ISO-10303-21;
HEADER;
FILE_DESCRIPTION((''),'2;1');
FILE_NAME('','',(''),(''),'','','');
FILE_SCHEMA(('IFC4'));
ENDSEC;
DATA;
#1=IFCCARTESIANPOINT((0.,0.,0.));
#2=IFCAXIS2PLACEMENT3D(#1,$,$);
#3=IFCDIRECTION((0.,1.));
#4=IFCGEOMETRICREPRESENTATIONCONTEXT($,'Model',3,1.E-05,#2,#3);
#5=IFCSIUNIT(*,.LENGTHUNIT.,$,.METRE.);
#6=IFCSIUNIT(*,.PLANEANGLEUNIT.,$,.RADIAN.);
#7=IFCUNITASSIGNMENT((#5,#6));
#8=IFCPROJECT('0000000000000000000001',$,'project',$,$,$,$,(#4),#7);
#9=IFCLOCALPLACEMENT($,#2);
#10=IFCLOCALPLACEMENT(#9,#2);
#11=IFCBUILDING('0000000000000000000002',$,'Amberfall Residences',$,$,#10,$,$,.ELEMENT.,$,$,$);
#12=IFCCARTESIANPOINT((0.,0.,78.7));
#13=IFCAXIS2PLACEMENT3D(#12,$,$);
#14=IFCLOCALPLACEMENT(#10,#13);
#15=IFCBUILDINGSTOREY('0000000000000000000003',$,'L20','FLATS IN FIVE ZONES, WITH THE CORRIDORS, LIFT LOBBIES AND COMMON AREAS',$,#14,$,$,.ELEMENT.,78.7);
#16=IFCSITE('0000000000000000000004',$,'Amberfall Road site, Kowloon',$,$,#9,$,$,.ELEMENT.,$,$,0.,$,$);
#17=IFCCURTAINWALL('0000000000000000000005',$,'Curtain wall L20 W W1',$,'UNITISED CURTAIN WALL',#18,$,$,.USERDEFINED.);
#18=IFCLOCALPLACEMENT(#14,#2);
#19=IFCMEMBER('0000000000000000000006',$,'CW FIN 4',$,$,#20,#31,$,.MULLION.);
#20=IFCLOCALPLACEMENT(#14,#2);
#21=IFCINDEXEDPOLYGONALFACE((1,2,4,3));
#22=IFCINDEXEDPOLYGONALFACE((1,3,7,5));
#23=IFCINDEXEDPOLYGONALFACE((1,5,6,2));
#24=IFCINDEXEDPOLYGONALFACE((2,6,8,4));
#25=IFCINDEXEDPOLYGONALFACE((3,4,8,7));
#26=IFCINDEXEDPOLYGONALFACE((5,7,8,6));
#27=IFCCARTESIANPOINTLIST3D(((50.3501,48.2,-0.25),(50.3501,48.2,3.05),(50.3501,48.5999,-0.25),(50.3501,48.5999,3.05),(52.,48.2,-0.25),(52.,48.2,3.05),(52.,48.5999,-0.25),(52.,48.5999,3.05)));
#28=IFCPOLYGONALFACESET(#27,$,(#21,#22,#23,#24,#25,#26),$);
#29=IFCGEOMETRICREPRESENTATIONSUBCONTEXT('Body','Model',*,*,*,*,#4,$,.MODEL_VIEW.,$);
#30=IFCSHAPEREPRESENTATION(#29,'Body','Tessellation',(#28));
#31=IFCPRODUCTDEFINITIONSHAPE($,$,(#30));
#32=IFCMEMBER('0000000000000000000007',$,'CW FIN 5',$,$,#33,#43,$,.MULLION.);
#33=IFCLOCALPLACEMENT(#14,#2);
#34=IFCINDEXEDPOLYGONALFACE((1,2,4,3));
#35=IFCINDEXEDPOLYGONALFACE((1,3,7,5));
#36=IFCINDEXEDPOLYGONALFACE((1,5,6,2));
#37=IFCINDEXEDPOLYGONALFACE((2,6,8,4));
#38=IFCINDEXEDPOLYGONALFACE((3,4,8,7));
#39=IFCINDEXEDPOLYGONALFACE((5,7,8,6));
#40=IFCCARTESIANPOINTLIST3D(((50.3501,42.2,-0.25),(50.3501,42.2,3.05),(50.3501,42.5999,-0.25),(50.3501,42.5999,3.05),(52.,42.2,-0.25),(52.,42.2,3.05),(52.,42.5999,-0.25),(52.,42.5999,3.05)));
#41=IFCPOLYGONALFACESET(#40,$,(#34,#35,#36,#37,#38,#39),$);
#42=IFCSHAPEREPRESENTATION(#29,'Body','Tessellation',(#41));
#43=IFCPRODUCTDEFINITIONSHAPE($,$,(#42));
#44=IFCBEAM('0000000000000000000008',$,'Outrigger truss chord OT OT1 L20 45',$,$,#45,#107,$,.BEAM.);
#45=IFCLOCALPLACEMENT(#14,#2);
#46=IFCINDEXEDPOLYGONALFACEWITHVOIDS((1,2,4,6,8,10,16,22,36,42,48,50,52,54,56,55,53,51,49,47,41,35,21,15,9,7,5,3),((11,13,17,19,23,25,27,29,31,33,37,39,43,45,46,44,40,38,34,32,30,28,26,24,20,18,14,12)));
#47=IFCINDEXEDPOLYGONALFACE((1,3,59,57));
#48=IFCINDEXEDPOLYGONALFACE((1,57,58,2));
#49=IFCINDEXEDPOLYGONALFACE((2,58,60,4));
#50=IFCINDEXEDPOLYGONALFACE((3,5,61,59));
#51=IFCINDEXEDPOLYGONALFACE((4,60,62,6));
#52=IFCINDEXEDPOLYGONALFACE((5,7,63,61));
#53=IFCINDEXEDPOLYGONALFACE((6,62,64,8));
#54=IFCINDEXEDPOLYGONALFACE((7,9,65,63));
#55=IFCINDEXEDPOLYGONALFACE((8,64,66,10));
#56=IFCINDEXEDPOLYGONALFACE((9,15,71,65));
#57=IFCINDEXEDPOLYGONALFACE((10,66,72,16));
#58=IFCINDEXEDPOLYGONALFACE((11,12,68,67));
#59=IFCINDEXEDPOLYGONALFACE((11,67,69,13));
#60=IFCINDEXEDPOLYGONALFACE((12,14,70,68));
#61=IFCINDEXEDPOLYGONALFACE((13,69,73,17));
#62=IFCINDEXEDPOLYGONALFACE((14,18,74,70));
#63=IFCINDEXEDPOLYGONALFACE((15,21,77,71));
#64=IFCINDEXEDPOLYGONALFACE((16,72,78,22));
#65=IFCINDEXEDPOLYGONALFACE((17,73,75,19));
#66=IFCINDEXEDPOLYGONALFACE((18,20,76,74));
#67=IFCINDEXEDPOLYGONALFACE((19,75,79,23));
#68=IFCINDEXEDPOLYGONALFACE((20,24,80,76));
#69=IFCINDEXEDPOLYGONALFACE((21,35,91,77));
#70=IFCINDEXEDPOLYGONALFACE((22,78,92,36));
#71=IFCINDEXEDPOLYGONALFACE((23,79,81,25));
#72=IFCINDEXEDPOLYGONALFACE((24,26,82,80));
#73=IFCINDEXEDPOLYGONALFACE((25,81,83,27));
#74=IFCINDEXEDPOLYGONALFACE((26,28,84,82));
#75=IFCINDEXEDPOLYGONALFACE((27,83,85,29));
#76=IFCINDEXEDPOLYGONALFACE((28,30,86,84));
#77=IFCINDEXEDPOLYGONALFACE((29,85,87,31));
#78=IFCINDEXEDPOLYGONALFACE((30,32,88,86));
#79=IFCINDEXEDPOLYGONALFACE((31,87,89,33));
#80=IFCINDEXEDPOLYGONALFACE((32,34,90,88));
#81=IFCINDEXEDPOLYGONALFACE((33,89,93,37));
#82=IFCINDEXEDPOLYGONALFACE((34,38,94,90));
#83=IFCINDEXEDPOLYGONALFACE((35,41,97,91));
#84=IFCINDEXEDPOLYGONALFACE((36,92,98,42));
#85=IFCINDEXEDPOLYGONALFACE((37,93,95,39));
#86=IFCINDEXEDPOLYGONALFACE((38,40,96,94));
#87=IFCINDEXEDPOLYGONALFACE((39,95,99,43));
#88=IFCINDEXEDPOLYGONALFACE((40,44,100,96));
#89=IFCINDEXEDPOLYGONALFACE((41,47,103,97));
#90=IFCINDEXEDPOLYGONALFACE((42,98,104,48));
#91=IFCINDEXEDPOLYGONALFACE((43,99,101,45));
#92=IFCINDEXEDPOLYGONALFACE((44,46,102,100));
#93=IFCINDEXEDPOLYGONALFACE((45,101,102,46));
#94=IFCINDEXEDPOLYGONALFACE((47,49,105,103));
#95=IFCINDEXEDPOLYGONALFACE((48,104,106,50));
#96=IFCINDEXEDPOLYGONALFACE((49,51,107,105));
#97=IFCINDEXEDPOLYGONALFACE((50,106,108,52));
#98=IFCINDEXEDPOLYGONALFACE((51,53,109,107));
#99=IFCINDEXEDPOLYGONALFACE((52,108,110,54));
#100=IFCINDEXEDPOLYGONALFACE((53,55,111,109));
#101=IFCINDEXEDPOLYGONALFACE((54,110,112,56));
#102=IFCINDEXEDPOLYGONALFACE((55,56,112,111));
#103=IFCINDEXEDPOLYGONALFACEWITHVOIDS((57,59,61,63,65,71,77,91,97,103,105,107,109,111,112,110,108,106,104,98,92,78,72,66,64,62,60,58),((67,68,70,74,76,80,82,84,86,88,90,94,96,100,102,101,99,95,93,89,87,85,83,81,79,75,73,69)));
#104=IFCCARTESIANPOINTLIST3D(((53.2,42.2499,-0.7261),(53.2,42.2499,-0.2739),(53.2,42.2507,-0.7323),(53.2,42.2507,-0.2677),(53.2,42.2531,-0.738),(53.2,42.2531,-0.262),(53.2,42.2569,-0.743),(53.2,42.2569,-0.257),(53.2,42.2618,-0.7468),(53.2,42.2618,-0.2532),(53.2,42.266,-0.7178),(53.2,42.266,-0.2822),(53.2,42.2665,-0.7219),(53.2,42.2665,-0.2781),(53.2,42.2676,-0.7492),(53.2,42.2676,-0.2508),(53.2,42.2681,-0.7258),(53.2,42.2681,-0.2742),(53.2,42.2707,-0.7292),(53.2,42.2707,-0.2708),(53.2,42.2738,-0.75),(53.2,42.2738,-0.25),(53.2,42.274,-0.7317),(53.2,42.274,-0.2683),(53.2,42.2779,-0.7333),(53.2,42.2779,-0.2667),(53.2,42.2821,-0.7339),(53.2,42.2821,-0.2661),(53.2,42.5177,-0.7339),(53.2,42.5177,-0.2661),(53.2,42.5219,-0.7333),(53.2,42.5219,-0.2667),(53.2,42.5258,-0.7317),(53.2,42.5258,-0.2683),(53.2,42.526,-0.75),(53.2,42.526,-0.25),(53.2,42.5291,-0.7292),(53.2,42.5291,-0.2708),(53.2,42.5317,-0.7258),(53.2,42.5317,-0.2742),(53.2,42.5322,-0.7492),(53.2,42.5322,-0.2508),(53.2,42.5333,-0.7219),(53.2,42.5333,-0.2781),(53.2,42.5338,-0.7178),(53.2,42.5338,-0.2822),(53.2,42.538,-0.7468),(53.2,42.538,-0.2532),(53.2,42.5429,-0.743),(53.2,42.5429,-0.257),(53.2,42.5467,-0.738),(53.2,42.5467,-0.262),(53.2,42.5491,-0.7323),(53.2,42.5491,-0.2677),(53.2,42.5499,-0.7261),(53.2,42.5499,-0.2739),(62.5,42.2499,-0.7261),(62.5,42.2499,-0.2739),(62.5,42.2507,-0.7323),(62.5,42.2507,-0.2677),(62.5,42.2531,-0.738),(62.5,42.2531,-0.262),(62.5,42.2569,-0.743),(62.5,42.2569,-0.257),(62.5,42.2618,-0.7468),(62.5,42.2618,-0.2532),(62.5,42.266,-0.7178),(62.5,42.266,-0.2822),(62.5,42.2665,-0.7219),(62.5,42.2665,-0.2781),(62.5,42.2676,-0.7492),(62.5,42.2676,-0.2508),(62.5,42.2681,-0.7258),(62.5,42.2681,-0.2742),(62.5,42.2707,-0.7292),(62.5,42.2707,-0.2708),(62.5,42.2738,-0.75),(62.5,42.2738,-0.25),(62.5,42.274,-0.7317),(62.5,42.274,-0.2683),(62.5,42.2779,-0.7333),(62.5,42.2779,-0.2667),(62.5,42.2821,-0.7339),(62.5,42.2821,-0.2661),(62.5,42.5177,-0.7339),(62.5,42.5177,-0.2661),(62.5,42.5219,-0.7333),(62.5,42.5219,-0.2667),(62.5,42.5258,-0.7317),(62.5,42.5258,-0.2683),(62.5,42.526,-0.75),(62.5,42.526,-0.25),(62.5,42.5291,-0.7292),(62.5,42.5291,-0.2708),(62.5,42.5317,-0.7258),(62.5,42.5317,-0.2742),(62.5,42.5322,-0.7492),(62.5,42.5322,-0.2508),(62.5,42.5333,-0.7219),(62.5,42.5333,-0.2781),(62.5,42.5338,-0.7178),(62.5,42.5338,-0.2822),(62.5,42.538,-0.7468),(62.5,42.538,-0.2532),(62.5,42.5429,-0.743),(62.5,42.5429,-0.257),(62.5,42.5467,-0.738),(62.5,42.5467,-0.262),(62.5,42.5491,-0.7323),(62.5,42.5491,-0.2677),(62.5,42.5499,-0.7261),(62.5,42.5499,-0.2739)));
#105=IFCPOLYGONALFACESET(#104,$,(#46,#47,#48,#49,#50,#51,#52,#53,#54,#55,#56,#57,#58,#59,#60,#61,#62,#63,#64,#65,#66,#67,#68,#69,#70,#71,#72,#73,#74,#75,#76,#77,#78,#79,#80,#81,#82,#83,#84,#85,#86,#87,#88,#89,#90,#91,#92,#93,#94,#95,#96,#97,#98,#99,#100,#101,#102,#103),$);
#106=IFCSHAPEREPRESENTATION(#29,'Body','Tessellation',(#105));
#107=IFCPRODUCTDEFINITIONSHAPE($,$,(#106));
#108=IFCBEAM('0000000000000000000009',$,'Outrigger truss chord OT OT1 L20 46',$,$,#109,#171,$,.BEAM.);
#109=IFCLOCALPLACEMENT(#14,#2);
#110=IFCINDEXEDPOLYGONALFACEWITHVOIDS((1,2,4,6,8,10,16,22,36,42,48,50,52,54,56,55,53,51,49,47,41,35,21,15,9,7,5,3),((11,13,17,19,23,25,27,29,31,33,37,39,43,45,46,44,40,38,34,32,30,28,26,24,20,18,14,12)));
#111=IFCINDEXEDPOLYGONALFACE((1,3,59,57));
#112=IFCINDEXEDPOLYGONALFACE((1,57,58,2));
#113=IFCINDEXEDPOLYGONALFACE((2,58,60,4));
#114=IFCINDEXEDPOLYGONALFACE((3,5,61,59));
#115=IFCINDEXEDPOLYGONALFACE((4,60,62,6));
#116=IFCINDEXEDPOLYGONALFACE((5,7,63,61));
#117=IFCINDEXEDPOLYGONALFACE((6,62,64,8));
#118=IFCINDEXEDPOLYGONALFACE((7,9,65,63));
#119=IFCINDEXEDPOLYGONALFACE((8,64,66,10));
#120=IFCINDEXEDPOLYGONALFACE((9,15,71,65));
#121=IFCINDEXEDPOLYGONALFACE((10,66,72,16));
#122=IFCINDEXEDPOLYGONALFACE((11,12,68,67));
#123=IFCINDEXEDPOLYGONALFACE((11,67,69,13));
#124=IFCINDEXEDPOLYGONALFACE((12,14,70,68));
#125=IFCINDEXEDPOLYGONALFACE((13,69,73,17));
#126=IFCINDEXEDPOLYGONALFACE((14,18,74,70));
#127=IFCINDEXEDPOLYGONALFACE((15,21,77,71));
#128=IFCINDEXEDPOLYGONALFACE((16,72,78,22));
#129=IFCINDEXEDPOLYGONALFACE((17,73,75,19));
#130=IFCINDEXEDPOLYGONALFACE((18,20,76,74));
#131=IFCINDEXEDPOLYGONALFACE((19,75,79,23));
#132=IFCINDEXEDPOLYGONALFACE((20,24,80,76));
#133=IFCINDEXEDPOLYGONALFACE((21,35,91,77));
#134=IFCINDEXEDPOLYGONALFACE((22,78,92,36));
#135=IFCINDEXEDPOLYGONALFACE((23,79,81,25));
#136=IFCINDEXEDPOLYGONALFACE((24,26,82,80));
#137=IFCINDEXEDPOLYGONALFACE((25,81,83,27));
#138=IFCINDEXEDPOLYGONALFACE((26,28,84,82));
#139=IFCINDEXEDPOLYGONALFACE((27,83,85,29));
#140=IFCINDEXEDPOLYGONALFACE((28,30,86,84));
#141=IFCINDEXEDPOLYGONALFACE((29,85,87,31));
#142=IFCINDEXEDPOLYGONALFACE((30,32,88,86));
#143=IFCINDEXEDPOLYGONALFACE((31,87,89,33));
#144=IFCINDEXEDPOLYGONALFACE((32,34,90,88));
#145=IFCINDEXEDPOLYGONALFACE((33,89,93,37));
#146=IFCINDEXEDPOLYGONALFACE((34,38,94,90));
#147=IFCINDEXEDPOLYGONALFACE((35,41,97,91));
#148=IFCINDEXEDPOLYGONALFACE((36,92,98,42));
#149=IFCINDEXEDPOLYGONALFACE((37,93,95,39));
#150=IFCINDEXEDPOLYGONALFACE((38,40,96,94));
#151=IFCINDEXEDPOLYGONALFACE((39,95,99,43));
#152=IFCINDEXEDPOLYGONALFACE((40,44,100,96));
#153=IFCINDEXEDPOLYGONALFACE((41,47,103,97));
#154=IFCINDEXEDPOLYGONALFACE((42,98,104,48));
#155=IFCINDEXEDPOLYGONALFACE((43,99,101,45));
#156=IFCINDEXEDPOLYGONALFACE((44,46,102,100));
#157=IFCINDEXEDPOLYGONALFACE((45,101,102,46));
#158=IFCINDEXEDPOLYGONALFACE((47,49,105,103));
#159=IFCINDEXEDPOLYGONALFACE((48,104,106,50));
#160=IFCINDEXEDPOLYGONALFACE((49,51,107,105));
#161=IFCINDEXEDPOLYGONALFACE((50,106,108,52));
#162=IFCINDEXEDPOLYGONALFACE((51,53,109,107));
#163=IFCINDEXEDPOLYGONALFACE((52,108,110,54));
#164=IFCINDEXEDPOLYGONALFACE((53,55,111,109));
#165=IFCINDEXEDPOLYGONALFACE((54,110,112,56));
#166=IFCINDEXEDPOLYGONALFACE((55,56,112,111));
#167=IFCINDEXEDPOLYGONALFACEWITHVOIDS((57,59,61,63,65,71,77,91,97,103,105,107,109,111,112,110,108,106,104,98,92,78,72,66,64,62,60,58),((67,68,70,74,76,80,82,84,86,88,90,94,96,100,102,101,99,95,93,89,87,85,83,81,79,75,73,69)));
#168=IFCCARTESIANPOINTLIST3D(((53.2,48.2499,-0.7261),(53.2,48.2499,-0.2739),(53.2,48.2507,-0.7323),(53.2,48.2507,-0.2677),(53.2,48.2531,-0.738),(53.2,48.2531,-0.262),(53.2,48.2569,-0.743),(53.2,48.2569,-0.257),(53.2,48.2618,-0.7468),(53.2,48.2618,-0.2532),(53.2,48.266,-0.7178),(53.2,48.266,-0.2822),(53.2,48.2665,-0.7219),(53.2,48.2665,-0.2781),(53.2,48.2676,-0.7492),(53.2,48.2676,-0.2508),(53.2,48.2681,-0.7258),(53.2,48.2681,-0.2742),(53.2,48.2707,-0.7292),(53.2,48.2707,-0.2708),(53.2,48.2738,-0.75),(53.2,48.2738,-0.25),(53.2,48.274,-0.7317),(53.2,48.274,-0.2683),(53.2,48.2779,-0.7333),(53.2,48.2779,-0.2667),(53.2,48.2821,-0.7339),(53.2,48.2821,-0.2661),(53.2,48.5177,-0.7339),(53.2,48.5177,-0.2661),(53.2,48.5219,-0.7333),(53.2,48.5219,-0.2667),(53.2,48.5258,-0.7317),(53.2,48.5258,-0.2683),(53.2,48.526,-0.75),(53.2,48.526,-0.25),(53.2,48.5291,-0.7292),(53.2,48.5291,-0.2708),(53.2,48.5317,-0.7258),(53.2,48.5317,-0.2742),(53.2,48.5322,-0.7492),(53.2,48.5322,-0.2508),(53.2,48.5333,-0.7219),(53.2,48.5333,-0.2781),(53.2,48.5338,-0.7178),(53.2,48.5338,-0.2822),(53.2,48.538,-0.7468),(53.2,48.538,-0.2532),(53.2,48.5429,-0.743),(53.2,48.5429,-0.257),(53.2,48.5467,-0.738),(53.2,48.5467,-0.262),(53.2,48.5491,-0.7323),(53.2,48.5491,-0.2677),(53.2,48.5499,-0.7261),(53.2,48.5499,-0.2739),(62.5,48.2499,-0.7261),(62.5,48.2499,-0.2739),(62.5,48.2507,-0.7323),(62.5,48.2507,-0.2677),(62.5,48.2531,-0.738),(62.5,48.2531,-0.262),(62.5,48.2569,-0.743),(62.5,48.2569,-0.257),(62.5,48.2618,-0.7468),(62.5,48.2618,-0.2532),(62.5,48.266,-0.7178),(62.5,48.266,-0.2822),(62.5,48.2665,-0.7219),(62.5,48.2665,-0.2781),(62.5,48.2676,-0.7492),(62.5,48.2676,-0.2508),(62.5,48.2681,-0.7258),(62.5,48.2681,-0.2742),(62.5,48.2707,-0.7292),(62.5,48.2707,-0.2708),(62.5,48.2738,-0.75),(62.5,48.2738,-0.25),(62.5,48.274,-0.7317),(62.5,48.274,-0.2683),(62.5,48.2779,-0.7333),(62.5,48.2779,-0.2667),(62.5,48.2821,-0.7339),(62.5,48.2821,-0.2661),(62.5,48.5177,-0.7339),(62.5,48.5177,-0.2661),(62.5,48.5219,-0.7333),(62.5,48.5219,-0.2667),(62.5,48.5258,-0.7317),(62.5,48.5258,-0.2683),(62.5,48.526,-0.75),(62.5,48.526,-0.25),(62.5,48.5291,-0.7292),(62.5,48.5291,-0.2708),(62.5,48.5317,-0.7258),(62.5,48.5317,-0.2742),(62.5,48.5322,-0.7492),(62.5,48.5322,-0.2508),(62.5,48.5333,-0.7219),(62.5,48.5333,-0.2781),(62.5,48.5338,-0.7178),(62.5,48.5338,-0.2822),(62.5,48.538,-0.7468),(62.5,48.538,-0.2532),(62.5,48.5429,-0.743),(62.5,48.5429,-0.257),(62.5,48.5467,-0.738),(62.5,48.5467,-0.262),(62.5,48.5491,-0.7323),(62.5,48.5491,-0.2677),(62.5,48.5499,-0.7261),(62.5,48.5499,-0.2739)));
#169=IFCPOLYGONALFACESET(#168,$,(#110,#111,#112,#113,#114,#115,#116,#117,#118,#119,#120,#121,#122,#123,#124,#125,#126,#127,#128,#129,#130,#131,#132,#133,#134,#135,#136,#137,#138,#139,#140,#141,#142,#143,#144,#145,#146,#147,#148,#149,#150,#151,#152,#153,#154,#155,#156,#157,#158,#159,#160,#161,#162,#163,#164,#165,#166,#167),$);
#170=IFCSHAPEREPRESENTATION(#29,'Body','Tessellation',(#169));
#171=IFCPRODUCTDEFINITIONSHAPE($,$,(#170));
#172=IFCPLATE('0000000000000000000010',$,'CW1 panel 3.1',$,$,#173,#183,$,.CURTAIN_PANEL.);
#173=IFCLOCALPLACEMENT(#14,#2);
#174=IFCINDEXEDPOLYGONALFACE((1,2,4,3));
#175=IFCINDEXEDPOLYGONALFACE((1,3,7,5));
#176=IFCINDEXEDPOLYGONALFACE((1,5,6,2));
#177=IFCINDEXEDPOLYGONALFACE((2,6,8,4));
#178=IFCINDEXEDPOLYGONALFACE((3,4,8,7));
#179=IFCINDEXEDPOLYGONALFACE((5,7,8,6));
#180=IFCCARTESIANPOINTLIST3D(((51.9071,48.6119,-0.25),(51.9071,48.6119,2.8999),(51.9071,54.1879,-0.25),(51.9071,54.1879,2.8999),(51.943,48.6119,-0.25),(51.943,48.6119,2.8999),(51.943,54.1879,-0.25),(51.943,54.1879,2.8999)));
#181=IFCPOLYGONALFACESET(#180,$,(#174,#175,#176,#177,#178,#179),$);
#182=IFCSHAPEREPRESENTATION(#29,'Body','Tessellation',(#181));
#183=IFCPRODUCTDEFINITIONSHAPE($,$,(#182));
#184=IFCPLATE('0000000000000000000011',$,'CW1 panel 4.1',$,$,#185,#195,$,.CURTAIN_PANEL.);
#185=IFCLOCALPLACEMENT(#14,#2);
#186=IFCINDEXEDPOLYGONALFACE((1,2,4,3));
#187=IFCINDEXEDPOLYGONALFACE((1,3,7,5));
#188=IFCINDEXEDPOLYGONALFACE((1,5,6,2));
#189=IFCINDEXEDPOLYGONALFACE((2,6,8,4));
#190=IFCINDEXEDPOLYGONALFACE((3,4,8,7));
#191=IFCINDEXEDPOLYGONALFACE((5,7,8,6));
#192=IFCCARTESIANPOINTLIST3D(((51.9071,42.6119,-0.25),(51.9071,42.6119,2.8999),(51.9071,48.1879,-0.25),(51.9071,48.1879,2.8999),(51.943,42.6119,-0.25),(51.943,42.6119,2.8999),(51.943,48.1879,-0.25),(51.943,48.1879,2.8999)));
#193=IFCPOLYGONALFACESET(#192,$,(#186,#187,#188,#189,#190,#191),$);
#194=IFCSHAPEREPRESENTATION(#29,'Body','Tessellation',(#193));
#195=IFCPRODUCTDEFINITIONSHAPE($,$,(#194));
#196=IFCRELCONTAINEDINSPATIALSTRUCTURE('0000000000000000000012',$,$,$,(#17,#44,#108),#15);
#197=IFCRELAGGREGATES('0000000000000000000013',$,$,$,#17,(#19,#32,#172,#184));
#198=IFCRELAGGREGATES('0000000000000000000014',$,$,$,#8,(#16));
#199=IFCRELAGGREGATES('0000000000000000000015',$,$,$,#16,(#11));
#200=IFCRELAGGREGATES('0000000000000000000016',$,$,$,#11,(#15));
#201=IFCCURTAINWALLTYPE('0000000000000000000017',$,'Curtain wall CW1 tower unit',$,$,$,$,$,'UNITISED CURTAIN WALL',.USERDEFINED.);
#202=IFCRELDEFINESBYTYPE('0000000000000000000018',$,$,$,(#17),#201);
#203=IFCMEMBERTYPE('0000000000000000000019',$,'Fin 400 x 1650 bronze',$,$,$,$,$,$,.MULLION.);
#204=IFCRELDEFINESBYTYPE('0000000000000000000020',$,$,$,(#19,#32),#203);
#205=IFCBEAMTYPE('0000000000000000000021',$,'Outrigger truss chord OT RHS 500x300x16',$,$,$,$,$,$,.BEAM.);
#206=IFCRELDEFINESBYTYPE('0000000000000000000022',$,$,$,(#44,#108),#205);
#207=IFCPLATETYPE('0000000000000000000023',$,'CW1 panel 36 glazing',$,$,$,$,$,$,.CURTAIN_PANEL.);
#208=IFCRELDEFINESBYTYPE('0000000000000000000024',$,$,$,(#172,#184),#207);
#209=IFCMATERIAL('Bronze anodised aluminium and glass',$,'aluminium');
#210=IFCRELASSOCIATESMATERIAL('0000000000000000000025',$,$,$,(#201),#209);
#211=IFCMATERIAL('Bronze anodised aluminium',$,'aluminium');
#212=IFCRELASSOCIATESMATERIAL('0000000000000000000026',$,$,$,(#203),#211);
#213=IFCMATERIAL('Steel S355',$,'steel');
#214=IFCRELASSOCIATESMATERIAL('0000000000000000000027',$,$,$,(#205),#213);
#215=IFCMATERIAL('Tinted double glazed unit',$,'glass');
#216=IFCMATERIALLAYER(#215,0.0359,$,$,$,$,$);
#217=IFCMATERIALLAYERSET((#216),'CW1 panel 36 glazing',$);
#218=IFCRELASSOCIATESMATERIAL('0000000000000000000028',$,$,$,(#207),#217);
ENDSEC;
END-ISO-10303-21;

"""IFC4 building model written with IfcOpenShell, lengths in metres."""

from ifc_helpers import new_model, si_unit, direction, frame, origin, origin_2d, place, context, subcontext, project, spatial, rectangle, hollow_rectangle, extrude, material, layer, layer_set, material_profile, profile_set, type_object, element, aggregate, save


model = new_model("IFC4")

# Units and contexts
model_context = context("Model", 3, precision=1e-05, world=origin(), true_north=direction((0.0, 1.0)))
body_context = subcontext(model_context, "Body", "Model", "MODEL_VIEW")
ifc_project = project(units=[si_unit("LENGTHUNIT", "METRE"), si_unit("PLANEANGLEUNIT", "RADIAN")], contexts=[model_context])

# Site, building, storey
site_placement = place(None, origin())
site = spatial("IfcSite", under=ifc_project, at=site_placement, Name="Amberfall Road site, Kowloon", CompositionType="ELEMENT", RefElevation=0.0)
building_placement = place(site_placement, origin())
building = spatial("IfcBuilding", under=site, at=building_placement, Name="Amberfall Residences", CompositionType="ELEMENT")
storey_placement = place(building_placement, frame((0.0, 0.0, 78.7)))
storey = spatial("IfcBuildingStorey", under=building, at=storey_placement, Name="L20", Description="FLATS IN FIVE ZONES, WITH THE CORRIDORS, LIFT LOBBIES AND COMMON AREAS", CompositionType="ELEMENT", Elevation=78.7)

# Shared definitions
ifc_material_1 = material(Name="Steel S355", Category="steel")

# Curtain wall, members
ifc_material_2 = material(Name="Bronze anodised aluminium and glass", Category="aluminium")
curtain_wall_type = type_object("IfcCurtainWallType", Name="Curtain wall CW1 tower unit", ElementType="UNITISED CURTAIN WALL", PredefinedType="USERDEFINED", material=ifc_material_2)
curtain_wall_placement = place(storey_placement, origin())
curtain_wall = element("IfcCurtainWall", 1, at=curtain_wall_placement, inside=storey, type_object=curtain_wall_type, Name="Curtain wall L20 W W1", ObjectType="UNITISED CURTAIN WALL", PredefinedType="USERDEFINED")
ifc_material_3 = material(Name="Bronze anodised aluminium", Category="aluminium")
ifc_material_profile_1 = material_profile(ifc_material_3, rectangle(XDim=1.6499, YDim=0.3999, at=origin_2d()), Name="Fin 400 x 1650 bronze")
ifc_profile_set_1 = profile_set([ifc_material_profile_1], Name="Bronze anodised aluminium")
member_type_1 = type_object("IfcMemberType", Name="Fin 400 x 1650 bronze", PredefinedType="MULLION", material=ifc_profile_set_1)
member_1_placement = place(storey_placement, frame((51.175, 48.3999, -0.25), z_axis=(0.0, 0.0, 1.0), x_axis=(1.0, 0.0, 0.0)))
member_1 = element("IfcMember", 2, at=member_1_placement, type_object=member_type_1, Name="CW FIN 4", PredefinedType="MULLION", context=body_context, shape_type="SweptSolid", body=[
    extrude(rectangle(XDim=1.6499, YDim=0.3999, at=origin_2d()), origin(), (0.0, 0.0, 1.0), 3.3),
])
member_2_placement = place(storey_placement, frame((51.175, 42.3999, -0.25), z_axis=(0.0, 0.0, 1.0), x_axis=(1.0, 0.0, 0.0)))
member_2 = element("IfcMember", 3, at=member_2_placement, type_object=member_type_1, Name="CW FIN 5", PredefinedType="MULLION", context=body_context, shape_type="SweptSolid", body=[
    extrude(rectangle(XDim=1.6499, YDim=0.3999, at=origin_2d()), origin(), (0.0, 0.0, 1.0), 3.3),
])

# Beams
ifc_material_profile_2 = material_profile(ifc_material_1, hollow_rectangle(XDim=0.3, YDim=0.5, WallThickness=0.0161, InnerFilletRadius=0.0161, OuterFilletRadius=0.0239, at=origin_2d()), Name="RHS 500x300x16")
ifc_profile_set_2 = profile_set([ifc_material_profile_2], Name="Steel S355")
beam_type_1 = type_object("IfcBeamType", Name="Outrigger truss chord OT RHS 500x300x16", PredefinedType="BEAM", material=ifc_profile_set_2)
for number, where, z_axis, x_axis, name in (
    (4, (53.2, 42.3999, -0.5), (1.0, 0.0, 0.0), (0.0, 1.0, 0.0), "Outrigger truss chord OT OT1 L20 45"),
    (5, (53.2, 48.3999, -0.5), (1.0, 0.0, 0.0), (0.0, 1.0, 0.0), "Outrigger truss chord OT OT1 L20 46"),
):
    element("IfcBeam", number, at=place(storey_placement, frame(where, z_axis=z_axis, x_axis=x_axis)), inside=storey, type_object=beam_type_1, Name=name, PredefinedType="BEAM", context=body_context, shape_type="SweptSolid", body=[
        extrude(hollow_rectangle(XDim=0.3, YDim=0.5, WallThickness=0.0161, InnerFilletRadius=0.0161, OuterFilletRadius=0.0239, at=origin_2d()), origin(), (0.0, 0.0, 1.0), 9.3),
    ])

# Plates
ifc_material_4 = material(Name="Tinted double glazed unit", Category="glass")
ifc_layer_1 = layer(ifc_material_4, 0.0359)
ifc_layer_set_1 = layer_set([ifc_layer_1], Name="CW1 panel 36 glazing")
plate_type = type_object("IfcPlateType", Name="CW1 panel 36 glazing", PredefinedType="CURTAIN_PANEL", material=ifc_layer_set_1)
plate_1_placement = place(storey_placement, frame((51.925, 51.3999, -0.25), z_axis=(0.0, 0.0, 1.0), x_axis=(0.0, -1.0, 0.0)))
plate_1 = element("IfcPlate", 6, at=plate_1_placement, type_object=plate_type, Name="CW1 panel 3.1", PredefinedType="CURTAIN_PANEL", context=body_context, shape_type="SweptSolid", body=[
    extrude(rectangle(XDim=5.5759, YDim=0.0359, at=origin_2d()), origin(), (0.0, 0.0, 1.0), 3.1499),
])
plate_2_placement = place(storey_placement, frame((51.925, 45.3999, -0.25), z_axis=(0.0, 0.0, 1.0), x_axis=(0.0, -1.0, 0.0)))
plate_2 = element("IfcPlate", 7, at=plate_2_placement, type_object=plate_type, Name="CW1 panel 4.1", PredefinedType="CURTAIN_PANEL", context=body_context, shape_type="SweptSolid", body=[
    extrude(rectangle(XDim=5.5759, YDim=0.0359, at=origin_2d()), origin(), (0.0, 0.0, 1.0), 3.1499),
])
aggregate(curtain_wall, [member_1, member_2, plate_1, plate_2])

save(model, "model.ifc")
